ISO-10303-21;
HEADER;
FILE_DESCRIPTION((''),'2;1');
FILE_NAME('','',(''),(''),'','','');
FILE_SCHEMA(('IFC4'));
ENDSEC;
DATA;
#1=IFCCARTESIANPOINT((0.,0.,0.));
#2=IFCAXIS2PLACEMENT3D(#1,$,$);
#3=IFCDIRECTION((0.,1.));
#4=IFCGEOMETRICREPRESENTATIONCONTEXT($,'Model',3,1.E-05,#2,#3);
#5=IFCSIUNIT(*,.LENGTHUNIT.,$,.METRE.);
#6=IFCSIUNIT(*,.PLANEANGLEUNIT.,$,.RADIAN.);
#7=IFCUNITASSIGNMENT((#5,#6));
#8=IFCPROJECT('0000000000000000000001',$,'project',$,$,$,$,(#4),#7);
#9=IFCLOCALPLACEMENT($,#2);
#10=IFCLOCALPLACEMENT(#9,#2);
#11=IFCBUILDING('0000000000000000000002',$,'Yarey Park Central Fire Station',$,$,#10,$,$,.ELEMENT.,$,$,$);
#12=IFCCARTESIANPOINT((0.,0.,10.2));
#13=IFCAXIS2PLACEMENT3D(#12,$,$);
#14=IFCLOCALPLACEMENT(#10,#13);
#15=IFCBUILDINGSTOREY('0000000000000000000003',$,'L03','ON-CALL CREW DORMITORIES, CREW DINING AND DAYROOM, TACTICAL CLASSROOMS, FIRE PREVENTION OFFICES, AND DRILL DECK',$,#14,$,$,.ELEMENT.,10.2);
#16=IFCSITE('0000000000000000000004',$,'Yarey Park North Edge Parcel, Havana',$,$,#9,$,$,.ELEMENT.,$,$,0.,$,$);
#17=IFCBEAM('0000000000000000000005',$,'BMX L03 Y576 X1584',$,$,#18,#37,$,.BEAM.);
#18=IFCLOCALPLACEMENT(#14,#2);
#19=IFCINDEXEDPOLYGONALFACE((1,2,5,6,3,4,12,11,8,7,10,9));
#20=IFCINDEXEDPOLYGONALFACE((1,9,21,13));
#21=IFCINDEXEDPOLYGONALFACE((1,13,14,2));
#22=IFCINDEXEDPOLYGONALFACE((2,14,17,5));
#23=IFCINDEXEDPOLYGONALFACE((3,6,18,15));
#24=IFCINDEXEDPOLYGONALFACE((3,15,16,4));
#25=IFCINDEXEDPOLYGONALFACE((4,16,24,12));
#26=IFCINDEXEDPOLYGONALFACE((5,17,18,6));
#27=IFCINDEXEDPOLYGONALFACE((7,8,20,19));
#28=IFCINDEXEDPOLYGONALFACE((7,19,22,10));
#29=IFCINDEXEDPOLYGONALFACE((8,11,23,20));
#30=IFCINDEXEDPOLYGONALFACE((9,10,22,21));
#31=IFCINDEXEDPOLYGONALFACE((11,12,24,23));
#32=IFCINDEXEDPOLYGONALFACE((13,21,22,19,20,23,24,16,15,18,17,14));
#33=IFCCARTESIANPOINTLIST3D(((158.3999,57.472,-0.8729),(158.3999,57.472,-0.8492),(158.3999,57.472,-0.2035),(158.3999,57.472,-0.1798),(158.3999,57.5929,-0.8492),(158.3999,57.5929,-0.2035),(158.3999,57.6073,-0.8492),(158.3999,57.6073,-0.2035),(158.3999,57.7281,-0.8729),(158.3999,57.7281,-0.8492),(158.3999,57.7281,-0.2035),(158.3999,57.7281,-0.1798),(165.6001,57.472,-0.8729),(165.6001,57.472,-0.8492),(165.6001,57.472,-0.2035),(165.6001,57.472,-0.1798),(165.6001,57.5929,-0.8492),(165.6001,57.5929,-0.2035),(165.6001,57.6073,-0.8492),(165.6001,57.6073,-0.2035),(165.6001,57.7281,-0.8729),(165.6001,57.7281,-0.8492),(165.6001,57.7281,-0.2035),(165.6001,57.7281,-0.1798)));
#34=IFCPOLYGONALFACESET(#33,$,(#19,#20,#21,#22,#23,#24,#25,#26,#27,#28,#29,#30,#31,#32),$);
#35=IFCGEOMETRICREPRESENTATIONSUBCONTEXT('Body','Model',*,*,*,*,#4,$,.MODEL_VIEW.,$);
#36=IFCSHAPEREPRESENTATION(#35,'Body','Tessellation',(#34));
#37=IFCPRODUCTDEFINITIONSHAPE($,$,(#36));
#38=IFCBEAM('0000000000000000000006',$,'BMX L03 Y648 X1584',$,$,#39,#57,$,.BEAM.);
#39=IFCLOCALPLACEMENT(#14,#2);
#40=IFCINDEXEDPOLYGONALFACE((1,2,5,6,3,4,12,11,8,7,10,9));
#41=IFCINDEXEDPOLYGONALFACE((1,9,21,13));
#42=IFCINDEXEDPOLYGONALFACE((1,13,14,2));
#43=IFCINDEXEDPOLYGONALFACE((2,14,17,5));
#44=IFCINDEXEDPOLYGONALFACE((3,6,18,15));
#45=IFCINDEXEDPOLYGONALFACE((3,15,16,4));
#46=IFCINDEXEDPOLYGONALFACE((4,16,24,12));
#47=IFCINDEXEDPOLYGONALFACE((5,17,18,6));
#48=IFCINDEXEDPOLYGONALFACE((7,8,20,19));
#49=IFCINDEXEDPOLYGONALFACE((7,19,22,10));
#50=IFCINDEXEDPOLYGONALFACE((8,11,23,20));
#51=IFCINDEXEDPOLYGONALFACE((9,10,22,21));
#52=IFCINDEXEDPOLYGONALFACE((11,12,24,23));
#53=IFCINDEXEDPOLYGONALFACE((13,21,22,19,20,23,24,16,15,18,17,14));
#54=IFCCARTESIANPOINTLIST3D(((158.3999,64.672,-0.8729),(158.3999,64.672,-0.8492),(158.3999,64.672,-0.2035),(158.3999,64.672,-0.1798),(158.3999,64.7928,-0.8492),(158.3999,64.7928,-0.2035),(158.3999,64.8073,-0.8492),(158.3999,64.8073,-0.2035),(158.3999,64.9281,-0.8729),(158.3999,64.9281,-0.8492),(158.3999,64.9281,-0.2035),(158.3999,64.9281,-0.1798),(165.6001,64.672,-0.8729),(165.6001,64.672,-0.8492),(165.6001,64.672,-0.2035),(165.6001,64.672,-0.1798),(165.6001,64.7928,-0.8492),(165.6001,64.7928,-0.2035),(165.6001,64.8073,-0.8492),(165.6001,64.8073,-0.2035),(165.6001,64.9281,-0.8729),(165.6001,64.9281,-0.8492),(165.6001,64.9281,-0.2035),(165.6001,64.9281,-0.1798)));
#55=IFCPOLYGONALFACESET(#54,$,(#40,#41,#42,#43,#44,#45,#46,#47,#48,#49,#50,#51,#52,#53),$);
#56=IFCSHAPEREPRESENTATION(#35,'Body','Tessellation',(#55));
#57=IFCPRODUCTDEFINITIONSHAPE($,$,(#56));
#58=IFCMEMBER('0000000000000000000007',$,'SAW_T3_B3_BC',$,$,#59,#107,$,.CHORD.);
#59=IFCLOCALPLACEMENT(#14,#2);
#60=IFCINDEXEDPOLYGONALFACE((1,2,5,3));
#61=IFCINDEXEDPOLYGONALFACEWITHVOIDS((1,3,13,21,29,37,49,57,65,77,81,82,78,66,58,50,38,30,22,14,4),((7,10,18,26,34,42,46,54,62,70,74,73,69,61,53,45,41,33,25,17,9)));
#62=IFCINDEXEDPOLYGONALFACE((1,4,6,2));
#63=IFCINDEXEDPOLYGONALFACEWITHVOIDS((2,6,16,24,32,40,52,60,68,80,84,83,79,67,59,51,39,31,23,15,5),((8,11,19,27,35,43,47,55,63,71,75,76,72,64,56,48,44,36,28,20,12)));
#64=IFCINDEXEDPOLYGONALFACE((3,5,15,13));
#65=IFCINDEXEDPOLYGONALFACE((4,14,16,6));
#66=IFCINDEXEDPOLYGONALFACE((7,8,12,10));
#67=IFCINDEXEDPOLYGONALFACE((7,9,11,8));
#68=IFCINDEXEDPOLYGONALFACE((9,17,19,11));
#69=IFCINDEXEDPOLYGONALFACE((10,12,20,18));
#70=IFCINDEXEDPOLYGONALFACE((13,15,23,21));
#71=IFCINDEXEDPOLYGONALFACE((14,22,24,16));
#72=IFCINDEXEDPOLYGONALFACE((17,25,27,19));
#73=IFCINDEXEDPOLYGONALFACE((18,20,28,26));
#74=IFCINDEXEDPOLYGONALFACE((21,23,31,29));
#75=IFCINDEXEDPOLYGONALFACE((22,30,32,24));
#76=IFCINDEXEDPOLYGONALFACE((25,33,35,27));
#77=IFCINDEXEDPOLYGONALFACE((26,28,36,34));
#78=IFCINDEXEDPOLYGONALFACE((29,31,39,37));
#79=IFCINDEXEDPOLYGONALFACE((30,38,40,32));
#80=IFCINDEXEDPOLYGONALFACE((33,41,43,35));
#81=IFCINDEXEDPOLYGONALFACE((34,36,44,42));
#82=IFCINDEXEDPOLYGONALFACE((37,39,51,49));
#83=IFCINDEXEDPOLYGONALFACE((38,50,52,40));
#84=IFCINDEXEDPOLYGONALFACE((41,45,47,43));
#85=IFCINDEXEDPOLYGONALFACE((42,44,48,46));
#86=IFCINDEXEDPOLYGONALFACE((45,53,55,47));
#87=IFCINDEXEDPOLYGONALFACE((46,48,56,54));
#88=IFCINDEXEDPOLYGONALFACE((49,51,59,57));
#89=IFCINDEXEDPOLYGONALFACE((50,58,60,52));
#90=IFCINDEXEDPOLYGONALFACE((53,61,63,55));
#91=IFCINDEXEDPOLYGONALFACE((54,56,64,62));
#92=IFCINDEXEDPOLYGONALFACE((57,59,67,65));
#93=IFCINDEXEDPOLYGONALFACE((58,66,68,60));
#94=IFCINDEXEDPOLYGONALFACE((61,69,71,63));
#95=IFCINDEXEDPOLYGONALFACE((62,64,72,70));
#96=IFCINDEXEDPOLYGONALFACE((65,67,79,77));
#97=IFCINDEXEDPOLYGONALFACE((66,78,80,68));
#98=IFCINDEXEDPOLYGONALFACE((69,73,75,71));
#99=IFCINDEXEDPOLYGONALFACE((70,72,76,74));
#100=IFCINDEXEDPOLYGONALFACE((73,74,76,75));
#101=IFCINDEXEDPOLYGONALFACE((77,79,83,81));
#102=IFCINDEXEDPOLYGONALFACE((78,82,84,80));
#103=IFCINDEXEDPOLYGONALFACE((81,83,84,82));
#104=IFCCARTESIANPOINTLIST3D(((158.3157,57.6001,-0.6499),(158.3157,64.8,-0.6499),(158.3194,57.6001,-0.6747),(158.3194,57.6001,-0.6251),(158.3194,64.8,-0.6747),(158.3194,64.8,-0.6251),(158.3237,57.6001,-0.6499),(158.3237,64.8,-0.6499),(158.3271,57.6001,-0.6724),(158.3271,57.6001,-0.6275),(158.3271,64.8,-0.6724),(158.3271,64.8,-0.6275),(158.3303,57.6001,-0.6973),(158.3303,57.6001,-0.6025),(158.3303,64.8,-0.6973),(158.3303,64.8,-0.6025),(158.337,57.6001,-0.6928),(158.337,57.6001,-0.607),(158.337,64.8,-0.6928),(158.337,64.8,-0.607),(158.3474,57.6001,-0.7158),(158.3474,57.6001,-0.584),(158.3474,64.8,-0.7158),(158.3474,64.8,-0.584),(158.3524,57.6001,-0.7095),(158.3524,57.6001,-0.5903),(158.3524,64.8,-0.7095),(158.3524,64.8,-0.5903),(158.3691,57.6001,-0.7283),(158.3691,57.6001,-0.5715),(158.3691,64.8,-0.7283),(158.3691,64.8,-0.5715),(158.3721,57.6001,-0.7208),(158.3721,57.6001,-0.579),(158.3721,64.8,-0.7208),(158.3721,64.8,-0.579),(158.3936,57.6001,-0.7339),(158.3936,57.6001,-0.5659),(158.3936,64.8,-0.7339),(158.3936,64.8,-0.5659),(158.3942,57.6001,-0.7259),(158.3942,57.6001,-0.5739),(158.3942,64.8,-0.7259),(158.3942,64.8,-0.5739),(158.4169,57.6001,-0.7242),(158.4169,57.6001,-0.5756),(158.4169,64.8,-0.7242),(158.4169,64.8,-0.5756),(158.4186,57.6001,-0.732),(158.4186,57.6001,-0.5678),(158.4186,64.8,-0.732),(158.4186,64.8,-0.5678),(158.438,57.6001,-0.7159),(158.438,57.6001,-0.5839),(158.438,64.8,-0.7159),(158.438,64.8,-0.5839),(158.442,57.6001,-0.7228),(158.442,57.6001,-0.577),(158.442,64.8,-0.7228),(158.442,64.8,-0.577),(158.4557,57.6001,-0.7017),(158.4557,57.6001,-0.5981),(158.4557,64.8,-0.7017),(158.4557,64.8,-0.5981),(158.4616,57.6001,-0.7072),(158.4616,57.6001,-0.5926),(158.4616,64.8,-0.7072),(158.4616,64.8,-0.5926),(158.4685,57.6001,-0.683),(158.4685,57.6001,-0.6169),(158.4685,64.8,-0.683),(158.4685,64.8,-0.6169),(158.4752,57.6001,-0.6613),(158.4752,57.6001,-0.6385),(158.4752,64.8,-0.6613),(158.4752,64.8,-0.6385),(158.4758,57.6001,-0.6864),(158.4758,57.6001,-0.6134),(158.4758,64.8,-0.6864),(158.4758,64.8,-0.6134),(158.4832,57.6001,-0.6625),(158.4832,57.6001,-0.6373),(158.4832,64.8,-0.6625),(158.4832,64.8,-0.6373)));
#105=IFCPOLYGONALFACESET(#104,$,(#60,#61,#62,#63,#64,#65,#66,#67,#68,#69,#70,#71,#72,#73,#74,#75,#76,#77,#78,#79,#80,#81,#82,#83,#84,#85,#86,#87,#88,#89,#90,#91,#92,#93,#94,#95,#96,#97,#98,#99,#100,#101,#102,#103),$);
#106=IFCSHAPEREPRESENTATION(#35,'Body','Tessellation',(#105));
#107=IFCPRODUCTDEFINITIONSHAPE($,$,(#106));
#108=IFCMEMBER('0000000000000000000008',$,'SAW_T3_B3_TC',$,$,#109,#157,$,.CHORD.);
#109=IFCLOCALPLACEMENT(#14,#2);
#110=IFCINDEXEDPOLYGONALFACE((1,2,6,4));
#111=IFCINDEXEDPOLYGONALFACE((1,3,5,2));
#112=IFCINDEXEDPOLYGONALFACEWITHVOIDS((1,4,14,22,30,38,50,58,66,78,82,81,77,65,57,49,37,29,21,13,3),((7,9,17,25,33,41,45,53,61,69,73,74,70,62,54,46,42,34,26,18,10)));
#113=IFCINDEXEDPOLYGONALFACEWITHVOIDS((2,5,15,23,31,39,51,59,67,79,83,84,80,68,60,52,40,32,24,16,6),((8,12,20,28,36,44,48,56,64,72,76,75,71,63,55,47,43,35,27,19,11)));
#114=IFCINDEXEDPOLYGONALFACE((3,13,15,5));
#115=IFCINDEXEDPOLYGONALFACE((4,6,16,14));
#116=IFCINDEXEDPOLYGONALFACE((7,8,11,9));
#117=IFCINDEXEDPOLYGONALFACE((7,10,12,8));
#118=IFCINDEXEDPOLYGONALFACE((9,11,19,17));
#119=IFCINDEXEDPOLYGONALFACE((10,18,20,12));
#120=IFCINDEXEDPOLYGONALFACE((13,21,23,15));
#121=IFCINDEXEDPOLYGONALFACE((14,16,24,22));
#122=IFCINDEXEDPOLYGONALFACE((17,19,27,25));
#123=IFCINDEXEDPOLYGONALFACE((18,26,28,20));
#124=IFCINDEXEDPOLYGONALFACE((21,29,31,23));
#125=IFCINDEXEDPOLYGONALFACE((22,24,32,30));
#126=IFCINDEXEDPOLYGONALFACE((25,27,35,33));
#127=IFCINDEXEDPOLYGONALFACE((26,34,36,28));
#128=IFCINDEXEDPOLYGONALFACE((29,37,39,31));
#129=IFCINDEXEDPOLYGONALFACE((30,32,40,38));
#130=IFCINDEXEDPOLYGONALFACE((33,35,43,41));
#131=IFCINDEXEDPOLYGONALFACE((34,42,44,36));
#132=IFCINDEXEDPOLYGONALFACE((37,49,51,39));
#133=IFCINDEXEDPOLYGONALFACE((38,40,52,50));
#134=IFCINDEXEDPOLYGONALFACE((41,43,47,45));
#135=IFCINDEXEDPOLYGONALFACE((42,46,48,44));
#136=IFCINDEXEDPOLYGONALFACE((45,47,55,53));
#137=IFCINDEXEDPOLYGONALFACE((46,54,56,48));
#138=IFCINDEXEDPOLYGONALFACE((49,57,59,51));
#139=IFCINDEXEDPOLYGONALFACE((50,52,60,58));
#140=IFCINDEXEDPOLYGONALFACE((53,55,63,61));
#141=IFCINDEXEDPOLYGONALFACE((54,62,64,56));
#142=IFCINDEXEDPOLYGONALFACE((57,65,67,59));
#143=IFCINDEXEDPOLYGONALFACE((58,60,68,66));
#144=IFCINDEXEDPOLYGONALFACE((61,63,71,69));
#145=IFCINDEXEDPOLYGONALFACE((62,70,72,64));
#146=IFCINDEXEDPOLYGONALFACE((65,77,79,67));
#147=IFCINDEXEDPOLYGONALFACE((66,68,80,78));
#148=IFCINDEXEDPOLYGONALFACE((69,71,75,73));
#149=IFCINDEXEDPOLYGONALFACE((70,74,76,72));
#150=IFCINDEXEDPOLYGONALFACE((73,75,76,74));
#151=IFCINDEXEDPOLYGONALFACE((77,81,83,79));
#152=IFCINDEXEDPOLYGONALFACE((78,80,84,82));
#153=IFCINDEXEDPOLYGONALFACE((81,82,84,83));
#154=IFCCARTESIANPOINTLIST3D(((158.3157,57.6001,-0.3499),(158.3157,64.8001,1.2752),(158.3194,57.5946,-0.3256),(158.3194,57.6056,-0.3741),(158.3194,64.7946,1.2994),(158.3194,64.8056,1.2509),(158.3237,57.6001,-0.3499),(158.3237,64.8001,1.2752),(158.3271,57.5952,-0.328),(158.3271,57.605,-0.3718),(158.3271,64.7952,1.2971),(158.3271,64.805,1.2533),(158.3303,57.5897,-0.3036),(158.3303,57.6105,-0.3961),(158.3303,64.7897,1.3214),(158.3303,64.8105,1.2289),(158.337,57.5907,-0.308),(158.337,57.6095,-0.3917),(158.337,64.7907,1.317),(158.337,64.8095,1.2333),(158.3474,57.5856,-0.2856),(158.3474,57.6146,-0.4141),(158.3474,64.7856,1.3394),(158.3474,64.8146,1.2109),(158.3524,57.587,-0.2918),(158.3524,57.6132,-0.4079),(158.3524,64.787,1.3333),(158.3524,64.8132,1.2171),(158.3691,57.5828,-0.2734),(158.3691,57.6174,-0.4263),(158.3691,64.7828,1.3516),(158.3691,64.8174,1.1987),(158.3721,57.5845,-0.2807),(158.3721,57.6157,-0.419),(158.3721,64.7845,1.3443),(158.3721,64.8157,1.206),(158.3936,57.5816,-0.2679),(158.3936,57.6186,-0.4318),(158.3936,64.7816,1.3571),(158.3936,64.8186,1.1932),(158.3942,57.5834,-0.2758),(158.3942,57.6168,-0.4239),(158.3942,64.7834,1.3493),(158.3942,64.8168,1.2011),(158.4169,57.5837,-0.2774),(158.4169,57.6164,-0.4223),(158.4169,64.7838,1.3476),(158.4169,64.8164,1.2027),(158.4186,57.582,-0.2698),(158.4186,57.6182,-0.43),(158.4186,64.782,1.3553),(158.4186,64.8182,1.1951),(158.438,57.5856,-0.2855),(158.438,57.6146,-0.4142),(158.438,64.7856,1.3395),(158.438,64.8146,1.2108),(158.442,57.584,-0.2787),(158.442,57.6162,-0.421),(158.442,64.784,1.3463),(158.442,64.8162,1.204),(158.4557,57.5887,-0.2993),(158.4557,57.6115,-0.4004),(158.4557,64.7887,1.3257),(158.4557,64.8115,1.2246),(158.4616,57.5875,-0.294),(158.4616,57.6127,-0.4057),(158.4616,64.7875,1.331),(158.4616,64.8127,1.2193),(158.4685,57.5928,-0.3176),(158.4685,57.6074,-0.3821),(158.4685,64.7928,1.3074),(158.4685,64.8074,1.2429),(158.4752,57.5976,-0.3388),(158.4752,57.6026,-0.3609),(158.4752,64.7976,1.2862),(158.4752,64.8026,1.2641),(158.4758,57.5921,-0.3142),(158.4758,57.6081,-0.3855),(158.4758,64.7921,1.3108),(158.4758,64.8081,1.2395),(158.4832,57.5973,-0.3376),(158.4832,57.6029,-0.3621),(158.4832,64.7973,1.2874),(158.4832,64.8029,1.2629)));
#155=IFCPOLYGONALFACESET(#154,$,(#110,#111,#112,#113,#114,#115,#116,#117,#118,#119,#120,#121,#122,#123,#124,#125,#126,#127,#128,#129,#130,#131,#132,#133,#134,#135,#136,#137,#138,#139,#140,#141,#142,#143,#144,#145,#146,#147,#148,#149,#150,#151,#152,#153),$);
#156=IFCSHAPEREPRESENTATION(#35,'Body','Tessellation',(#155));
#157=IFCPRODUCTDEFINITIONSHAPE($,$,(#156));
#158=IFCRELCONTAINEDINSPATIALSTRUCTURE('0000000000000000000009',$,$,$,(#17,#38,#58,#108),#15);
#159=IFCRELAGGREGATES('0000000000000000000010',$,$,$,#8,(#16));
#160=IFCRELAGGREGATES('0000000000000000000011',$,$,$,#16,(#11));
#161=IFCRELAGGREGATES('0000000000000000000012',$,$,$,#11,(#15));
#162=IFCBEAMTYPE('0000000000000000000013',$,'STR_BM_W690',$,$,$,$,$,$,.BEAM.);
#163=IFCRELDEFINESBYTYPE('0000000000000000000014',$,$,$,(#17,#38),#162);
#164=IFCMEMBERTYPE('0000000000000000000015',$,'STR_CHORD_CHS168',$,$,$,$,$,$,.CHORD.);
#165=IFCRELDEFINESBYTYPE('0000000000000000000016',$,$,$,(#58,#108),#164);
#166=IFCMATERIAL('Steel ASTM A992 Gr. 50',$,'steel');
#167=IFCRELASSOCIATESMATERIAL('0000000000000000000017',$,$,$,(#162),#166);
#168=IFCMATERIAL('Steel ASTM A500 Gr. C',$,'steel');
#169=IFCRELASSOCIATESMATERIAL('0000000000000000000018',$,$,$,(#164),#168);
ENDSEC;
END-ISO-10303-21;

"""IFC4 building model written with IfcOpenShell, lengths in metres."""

from ifc_helpers import new_model, si_unit, direction, frame, origin, origin_2d, place, context, subcontext, project, spatial, hollow_circle, i_section, extrude, material, material_profile, profile_set, type_object, element, save


model = new_model("IFC4")

# Units and contexts
model_context = context("Model", 3, precision=1e-05, world=origin(), true_north=direction((0.0, 1.0)))
body_context = subcontext(model_context, "Body", "Model", "MODEL_VIEW")
ifc_project = project(units=[si_unit("LENGTHUNIT", "METRE"), si_unit("PLANEANGLEUNIT", "RADIAN")], contexts=[model_context])

# Site, building, storey
site_placement = place(None, origin())
site = spatial("IfcSite", under=ifc_project, at=site_placement, Name="Yarey Park North Edge Parcel, Havana", CompositionType="ELEMENT", RefElevation=0.0)
building_placement = place(site_placement, origin())
building = spatial("IfcBuilding", under=site, at=building_placement, Name="Yarey Park Central Fire Station", CompositionType="ELEMENT")
storey_placement = place(building_placement, frame((0.0, 0.0, 10.2)))
storey = spatial("IfcBuildingStorey", under=building, at=storey_placement, Name="L03", Description="ON-CALL CREW DORMITORIES, CREW DINING AND DAYROOM, TACTICAL CLASSROOMS, FIRE PREVENTION OFFICES, AND DRILL DECK", CompositionType="ELEMENT", Elevation=10.2)

# Beams
ifc_material_1 = material(Name="Steel ASTM A992 Gr. 50", Category="steel")
ifc_material_profile_1 = material_profile(ifc_material_1, i_section(OverallWidth=0.2561, OverallDepth=0.6931, WebThickness=0.0144, FlangeThickness=0.0237, at=origin_2d()), Name="W690x170")
ifc_profile_set_1 = profile_set([ifc_material_profile_1], Name="Steel ASTM A992 Gr. 50")
beam_type_1 = type_object("IfcBeamType", Name="STR_BM_W690", PredefinedType="BEAM", material=ifc_profile_set_1)
for number, where, z_axis, x_axis, name in (
    (1, (158.3999, 57.6001, -0.5264), (1.0, 0.0, 0.0), (0.0, 1.0, 0.0), "BMX L03 Y576 X1584"),
    (2, (158.3999, 64.8, -0.5264), (1.0, 0.0, 0.0), (0.0, 1.0, 0.0), "BMX L03 Y648 X1584"),
):
    element("IfcBeam", number, at=place(storey_placement, frame(where, z_axis=z_axis, x_axis=x_axis)), inside=storey, type_object=beam_type_1, Name=name, PredefinedType="BEAM", context=body_context, shape_type="SweptSolid", body=[
        extrude(i_section(OverallWidth=0.2561, OverallDepth=0.6931, WebThickness=0.0144, FlangeThickness=0.0237, at=origin_2d()), origin(), (0.0, 0.0, 1.0), 7.2002),
    ])

# Members
ifc_material_2 = material(Name="Steel ASTM A500 Gr. C", Category="steel")
ifc_material_profile_2 = material_profile(ifc_material_2, hollow_circle(Radius=0.0842, WallThickness=0.0081, at=origin_2d()), Name="CHS 168.3x8")
ifc_profile_set_2 = profile_set([ifc_material_profile_2], Name="Steel ASTM A500 Gr. C")
member_type_1 = type_object("IfcMemberType", Name="STR_CHORD_CHS168", PredefinedType="CHORD", material=ifc_profile_set_2)
member_1_placement = place(storey_placement, frame((158.3999, 57.6001, -0.6499), z_axis=(0.0, 1.0, 0.0), x_axis=(-1.0, 0.0, 0.0)))
element("IfcMember", 3, at=member_1_placement, inside=storey, type_object=member_type_1, Name="SAW_T3_B3_BC", PredefinedType="CHORD", context=body_context, shape_type="SweptSolid", body=[
    extrude(hollow_circle(Radius=0.0842, WallThickness=0.0081, at=origin_2d()), origin(), (0.0, 0.0, 1.0), 7.2),
])
member_2_placement = place(storey_placement, frame((158.3999, 57.6001, -0.3499), z_axis=(0.0, 0.975464, 0.220158), x_axis=(-1.0, 0.0, 0.0)))
element("IfcMember", 4, at=member_2_placement, inside=storey, type_object=member_type_1, Name="SAW_T3_B3_TC", PredefinedType="CHORD", context=body_context, shape_type="SweptSolid", body=[
    extrude(hollow_circle(Radius=0.0842, WallThickness=0.0081, at=origin_2d()), origin(), (0.0, 0.0, 1.0), 7.3811),
])

save(model, "model.ifc")
